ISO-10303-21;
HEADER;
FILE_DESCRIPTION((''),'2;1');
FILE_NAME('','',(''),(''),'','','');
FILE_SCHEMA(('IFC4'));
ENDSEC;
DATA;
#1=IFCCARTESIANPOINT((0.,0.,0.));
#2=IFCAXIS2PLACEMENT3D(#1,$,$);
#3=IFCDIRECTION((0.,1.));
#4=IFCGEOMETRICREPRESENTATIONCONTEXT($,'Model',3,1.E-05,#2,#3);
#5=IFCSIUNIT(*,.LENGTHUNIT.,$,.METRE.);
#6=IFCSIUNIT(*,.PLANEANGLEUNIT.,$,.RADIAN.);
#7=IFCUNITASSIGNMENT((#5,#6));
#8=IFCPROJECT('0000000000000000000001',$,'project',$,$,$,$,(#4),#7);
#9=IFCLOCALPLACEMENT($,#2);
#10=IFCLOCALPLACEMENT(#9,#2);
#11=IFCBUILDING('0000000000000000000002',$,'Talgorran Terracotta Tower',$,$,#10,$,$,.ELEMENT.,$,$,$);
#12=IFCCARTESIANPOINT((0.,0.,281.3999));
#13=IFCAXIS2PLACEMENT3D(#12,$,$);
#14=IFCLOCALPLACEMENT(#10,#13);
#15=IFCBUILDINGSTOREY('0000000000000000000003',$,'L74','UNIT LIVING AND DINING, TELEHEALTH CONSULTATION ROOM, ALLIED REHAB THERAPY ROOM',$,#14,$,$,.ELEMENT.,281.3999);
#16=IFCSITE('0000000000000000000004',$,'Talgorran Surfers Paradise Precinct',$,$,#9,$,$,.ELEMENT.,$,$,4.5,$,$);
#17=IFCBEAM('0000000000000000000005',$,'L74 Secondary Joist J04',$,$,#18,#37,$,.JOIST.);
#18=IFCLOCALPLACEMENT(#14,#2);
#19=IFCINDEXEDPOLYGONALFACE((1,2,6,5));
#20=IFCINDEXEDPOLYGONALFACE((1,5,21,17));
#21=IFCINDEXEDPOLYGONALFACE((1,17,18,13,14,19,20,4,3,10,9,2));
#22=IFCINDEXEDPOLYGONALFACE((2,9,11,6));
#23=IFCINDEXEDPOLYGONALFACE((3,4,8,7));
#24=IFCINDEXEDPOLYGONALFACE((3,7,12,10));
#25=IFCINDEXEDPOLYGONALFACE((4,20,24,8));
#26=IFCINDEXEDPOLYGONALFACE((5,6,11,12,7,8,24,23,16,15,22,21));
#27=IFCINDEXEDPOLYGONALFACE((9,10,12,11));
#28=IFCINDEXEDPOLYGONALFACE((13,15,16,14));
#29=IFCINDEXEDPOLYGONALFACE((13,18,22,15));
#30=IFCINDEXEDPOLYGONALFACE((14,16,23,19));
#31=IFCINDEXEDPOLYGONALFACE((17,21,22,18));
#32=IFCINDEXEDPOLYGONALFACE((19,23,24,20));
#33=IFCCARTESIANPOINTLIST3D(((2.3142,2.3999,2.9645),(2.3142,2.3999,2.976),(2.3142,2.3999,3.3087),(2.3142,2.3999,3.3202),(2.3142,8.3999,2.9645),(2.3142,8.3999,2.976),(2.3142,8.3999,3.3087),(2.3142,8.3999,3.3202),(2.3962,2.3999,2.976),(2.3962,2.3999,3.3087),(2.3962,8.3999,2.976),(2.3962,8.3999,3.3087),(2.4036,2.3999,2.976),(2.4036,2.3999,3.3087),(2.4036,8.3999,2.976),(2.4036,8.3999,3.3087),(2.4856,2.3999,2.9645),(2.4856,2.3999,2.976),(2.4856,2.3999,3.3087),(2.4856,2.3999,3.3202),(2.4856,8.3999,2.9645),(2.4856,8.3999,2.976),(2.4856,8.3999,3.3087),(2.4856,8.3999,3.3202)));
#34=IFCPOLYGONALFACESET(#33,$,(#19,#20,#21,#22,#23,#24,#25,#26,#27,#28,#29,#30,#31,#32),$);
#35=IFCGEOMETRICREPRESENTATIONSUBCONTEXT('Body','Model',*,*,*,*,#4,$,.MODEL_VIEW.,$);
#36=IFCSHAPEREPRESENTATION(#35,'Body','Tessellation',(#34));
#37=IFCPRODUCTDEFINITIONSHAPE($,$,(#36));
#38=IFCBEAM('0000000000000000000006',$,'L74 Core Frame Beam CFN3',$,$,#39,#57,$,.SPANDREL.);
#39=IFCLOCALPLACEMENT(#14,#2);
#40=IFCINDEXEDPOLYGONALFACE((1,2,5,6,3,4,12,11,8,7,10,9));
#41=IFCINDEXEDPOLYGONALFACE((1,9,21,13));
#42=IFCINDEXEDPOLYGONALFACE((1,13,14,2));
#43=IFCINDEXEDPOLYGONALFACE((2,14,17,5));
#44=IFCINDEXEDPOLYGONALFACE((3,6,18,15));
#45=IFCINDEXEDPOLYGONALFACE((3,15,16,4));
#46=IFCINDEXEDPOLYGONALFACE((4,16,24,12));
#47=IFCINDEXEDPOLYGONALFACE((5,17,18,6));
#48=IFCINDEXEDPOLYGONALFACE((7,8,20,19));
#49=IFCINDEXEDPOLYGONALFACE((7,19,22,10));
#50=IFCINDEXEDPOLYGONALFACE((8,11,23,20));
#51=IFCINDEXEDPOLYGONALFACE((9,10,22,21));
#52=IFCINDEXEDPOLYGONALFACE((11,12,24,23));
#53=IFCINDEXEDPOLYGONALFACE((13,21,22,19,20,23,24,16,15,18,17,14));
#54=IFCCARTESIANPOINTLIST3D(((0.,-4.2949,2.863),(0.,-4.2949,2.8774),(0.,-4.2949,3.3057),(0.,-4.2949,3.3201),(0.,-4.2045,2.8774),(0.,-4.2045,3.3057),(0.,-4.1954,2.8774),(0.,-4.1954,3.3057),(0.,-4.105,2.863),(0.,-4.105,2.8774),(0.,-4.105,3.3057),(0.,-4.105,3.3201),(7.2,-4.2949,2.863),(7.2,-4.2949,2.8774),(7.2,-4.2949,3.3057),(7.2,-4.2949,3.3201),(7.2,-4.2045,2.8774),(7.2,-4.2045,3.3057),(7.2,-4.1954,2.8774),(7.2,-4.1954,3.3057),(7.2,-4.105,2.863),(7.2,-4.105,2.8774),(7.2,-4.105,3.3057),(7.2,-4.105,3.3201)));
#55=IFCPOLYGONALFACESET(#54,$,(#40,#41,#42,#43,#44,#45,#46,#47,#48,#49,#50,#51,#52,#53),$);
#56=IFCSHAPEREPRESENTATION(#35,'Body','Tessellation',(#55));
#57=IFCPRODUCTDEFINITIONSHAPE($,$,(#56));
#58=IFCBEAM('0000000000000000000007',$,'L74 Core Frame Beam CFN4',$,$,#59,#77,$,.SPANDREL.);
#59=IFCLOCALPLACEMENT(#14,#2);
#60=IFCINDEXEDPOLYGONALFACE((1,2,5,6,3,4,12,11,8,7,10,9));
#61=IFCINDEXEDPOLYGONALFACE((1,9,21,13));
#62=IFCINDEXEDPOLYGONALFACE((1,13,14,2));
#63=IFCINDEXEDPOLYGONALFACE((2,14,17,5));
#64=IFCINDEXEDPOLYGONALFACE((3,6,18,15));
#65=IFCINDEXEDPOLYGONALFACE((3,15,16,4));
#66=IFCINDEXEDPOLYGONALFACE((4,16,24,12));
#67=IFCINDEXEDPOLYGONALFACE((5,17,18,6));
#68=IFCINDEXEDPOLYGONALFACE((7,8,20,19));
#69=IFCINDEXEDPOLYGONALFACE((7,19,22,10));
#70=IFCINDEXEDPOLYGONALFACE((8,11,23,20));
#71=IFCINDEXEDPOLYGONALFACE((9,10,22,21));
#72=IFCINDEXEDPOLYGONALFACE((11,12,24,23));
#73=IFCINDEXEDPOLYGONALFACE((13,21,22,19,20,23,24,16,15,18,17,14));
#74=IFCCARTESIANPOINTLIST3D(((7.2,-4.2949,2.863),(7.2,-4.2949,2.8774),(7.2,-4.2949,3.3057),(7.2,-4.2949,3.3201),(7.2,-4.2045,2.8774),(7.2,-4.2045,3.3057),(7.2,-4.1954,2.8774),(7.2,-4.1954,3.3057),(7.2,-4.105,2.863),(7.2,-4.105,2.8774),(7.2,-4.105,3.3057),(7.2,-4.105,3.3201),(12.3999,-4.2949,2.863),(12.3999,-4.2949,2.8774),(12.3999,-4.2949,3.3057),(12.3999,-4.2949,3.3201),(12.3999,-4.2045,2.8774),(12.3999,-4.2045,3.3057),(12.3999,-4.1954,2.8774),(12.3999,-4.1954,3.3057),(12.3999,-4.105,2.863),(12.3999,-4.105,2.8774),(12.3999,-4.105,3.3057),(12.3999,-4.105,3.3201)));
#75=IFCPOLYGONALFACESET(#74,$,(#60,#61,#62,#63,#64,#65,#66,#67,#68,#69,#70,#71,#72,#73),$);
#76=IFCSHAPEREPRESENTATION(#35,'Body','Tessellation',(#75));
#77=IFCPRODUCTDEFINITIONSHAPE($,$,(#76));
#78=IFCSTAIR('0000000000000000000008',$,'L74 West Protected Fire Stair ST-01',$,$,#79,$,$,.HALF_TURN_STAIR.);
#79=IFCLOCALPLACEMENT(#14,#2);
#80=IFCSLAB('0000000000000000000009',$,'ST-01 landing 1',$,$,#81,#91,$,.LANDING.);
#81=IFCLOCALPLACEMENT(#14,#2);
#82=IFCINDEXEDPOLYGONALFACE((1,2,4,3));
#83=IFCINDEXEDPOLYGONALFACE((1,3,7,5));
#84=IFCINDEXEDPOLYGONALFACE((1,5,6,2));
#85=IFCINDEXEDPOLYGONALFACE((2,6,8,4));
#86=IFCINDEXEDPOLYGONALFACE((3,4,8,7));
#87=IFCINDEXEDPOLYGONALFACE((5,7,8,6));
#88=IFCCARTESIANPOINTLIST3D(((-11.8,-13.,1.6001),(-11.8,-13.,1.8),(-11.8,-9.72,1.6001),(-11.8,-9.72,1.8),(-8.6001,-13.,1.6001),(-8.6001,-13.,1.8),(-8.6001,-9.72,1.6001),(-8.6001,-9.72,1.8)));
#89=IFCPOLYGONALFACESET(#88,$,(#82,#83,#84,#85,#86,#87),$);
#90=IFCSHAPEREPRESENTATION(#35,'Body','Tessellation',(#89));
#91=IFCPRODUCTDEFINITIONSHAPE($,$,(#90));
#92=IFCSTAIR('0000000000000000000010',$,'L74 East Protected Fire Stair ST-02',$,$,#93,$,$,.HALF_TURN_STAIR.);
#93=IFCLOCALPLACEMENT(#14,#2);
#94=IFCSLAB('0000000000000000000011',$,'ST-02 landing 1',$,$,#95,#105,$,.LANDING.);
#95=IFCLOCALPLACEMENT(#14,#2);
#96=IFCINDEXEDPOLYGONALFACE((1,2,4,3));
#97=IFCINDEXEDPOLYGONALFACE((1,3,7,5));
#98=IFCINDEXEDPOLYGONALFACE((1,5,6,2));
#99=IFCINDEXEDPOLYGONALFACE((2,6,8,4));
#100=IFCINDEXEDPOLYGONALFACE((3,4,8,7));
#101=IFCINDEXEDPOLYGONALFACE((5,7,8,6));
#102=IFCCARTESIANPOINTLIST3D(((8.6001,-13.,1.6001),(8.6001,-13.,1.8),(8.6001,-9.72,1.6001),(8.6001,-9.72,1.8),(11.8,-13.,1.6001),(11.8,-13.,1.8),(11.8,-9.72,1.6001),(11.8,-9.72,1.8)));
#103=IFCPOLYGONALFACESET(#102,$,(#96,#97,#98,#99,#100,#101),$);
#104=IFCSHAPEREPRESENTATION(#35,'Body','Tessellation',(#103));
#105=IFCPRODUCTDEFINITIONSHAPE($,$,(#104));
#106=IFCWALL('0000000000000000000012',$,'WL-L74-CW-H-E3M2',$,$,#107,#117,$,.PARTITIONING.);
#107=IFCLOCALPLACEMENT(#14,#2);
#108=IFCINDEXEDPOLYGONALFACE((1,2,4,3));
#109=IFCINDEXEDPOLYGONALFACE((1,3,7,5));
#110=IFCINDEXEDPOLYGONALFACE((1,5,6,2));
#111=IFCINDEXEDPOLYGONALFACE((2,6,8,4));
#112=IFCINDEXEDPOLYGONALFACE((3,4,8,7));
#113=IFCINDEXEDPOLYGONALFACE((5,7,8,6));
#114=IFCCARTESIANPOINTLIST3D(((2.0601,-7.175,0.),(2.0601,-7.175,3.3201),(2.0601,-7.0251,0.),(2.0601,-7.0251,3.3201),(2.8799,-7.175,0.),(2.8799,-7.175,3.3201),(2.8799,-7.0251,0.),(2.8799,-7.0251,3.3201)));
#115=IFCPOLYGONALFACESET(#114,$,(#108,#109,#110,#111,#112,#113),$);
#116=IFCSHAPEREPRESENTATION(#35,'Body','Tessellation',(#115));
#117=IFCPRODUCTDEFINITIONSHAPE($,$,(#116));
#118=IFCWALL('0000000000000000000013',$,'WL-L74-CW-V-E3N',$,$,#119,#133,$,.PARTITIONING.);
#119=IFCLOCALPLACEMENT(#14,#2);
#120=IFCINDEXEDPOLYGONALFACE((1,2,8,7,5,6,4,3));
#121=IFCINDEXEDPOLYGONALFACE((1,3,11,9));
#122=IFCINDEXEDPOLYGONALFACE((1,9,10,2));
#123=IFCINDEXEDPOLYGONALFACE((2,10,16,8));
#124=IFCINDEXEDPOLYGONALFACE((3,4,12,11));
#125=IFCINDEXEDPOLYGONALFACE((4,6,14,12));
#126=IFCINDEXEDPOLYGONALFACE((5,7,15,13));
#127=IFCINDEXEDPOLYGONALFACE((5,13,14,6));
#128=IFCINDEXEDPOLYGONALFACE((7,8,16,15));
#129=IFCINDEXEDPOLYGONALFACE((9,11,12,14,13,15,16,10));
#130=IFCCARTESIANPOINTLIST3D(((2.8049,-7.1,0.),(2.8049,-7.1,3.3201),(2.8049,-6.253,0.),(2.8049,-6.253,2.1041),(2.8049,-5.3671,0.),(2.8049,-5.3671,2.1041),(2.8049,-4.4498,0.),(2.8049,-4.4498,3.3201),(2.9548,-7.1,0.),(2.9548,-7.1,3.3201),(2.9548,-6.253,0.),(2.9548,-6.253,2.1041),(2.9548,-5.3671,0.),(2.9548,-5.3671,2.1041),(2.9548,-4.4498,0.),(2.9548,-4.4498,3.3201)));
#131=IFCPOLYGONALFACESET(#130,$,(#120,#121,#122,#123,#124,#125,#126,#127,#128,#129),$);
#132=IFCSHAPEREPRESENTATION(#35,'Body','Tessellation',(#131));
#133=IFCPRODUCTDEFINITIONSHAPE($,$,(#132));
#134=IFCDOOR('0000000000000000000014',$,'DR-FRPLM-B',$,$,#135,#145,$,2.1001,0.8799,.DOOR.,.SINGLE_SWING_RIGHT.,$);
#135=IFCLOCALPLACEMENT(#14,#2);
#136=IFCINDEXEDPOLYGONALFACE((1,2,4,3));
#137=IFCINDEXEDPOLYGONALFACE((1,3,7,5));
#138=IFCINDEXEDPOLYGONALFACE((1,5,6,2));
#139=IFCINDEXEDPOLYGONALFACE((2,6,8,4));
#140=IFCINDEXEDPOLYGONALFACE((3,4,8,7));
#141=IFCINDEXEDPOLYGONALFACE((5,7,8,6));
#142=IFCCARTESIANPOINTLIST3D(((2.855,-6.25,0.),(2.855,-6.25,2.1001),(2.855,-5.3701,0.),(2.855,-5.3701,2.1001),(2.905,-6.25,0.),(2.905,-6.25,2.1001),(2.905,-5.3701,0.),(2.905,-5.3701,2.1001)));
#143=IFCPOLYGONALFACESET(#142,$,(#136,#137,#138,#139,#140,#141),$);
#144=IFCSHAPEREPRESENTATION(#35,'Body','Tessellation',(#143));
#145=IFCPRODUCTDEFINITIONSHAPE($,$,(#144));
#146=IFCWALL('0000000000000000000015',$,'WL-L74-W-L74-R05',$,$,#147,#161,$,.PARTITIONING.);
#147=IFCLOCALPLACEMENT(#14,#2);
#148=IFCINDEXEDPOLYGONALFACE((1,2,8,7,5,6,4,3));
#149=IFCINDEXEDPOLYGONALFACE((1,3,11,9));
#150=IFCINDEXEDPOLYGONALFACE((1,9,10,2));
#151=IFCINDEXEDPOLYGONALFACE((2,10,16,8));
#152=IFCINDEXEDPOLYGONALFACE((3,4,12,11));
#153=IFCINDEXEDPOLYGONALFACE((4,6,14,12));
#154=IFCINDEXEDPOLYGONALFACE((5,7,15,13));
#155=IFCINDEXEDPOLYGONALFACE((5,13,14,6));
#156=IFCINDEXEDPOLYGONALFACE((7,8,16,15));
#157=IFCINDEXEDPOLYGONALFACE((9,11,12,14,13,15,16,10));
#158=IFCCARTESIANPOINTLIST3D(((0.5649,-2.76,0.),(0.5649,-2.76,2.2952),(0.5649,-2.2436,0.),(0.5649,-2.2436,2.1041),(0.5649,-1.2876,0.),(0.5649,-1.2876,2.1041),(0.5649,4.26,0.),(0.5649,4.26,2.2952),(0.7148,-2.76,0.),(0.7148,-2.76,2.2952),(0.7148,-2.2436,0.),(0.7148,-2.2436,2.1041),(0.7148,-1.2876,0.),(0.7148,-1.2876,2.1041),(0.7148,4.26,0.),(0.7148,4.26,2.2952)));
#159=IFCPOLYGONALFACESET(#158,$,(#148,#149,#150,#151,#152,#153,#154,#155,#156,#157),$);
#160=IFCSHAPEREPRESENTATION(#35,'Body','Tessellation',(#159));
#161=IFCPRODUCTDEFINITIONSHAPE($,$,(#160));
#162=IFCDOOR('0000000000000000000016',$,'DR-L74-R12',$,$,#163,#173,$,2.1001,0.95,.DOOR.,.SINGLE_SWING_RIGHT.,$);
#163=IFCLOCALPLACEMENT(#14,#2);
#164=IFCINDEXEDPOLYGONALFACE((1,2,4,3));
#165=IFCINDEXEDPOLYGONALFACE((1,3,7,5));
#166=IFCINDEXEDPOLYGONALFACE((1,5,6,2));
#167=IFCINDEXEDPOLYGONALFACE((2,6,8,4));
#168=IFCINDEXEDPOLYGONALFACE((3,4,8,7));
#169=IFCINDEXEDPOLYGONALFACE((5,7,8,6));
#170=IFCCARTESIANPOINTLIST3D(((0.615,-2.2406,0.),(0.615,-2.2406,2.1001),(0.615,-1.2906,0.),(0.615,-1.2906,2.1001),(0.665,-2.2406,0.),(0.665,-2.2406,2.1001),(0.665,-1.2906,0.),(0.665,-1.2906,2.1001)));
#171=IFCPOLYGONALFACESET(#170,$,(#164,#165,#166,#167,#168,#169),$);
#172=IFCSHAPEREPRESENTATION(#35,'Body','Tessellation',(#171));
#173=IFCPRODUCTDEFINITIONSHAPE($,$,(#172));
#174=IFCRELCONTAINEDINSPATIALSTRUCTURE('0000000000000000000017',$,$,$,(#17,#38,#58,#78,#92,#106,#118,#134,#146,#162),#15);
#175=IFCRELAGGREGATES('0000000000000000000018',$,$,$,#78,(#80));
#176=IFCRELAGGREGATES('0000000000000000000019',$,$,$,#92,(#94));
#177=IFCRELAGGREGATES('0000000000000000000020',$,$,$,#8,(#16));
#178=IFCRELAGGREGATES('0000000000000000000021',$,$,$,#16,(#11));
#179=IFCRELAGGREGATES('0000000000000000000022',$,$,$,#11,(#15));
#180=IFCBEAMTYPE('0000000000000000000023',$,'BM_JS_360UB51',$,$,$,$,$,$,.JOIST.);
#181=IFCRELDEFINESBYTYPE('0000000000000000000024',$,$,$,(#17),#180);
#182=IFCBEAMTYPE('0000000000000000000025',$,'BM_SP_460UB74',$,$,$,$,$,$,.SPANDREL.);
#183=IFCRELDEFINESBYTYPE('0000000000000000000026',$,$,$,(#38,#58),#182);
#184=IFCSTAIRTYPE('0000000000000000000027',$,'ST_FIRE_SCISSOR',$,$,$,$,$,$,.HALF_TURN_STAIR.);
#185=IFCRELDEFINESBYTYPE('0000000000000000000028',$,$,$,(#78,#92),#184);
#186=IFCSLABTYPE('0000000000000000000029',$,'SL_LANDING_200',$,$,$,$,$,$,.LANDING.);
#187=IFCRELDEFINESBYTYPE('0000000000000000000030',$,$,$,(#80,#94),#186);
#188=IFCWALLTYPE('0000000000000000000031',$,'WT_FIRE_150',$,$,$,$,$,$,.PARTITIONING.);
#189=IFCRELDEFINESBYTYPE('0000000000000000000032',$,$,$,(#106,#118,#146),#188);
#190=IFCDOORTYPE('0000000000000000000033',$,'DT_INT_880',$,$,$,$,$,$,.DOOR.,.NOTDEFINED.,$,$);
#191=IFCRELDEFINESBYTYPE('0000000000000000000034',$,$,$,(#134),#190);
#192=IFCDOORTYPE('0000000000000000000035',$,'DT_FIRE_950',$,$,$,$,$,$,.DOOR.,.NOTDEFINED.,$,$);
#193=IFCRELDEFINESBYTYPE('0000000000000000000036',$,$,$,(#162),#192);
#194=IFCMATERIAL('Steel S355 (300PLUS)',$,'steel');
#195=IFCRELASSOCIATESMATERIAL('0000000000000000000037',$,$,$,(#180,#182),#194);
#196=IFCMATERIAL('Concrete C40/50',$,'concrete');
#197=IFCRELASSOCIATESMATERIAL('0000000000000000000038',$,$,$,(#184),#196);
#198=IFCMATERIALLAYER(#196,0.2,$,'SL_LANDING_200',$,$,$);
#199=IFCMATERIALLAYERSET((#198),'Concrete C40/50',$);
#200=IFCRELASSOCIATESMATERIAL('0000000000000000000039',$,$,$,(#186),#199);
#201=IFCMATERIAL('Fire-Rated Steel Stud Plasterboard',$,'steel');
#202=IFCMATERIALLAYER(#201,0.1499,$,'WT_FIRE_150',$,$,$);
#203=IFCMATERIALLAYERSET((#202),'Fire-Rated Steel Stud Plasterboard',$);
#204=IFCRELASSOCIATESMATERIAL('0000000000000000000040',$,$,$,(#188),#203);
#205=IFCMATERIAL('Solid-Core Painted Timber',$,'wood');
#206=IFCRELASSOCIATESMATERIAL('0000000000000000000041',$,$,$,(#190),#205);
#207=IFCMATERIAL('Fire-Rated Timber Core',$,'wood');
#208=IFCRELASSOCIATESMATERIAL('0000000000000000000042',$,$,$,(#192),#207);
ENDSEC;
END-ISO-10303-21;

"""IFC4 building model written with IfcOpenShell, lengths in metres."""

from ifc_helpers import new_model, si_unit, direction, frame, frame_2d, origin, origin_2d, place, context, subcontext, project, spatial, polyline, rectangle, i_section, outline, extrude, material, layer, layer_set, material_profile, profile_set, type_object, element, fill, aggregate, save


model = new_model("IFC4")

# Units and contexts
model_context = context("Model", 3, precision=1e-05, world=origin(), true_north=direction((0.0, 1.0)))
body_context = subcontext(model_context, "Body", "Model", "MODEL_VIEW")
ifc_project = project(units=[si_unit("LENGTHUNIT", "METRE"), si_unit("PLANEANGLEUNIT", "RADIAN")], contexts=[model_context])

# Site, building, storey
site_placement = place(None, origin())
site = spatial("IfcSite", under=ifc_project, at=site_placement, Name="Talgorran Surfers Paradise Precinct", CompositionType="ELEMENT", RefElevation=4.5)
building_placement = place(site_placement, origin())
building = spatial("IfcBuilding", under=site, at=building_placement, Name="Talgorran Terracotta Tower", CompositionType="ELEMENT")
storey_placement = place(building_placement, frame((0.0, 0.0, 281.3999)))
storey = spatial("IfcBuildingStorey", under=building, at=storey_placement, Name="L74", Description="UNIT LIVING AND DINING, TELEHEALTH CONSULTATION ROOM, ALLIED REHAB THERAPY ROOM", CompositionType="ELEMENT", Elevation=281.3999)

# Shared definitions
ifc_material_1 = material(Name="Steel S355 (300PLUS)", Category="steel")

# Beams
ifc_material_profile_1 = material_profile(ifc_material_1, i_section(OverallWidth=0.1714, OverallDepth=0.3557, WebThickness=0.0073, FlangeThickness=0.0115, at=origin_2d()), Name="360UB50.7")
ifc_profile_set_1 = profile_set([ifc_material_profile_1], Name="Steel S355 (300PLUS)")
beam_type_1 = type_object("IfcBeamType", Name="BM_JS_360UB51", PredefinedType="JOIST", material=ifc_profile_set_1)
beam_1_placement = place(storey_placement, frame((2.3999, 2.3999, 3.1423), z_axis=(0.0, 1.0, 0.0), x_axis=(-1.0, 0.0, 0.0)))
element("IfcBeam", 1, at=beam_1_placement, inside=storey, type_object=beam_type_1, Name="L74 Secondary Joist J04", PredefinedType="JOIST", context=body_context, shape_type="SweptSolid", body=[
    extrude(i_section(OverallWidth=0.1714, OverallDepth=0.3557, WebThickness=0.0073, FlangeThickness=0.0115, at=origin_2d()), origin(), (0.0, 0.0, 1.0), 6.0),
])
ifc_material_profile_2 = material_profile(ifc_material_1, i_section(OverallWidth=0.1899, OverallDepth=0.457, WebThickness=0.009, FlangeThickness=0.0144, at=origin_2d()), Name="460UB74.6")
ifc_profile_set_2 = profile_set([ifc_material_profile_2], Name="Steel S355 (300PLUS)")
beam_type_2 = type_object("IfcBeamType", Name="BM_SP_460UB74", PredefinedType="SPANDREL", material=ifc_profile_set_2)
beam_2_placement = place(storey_placement, frame((0.0, -4.2, 3.0916), z_axis=(1.0, 0.0, 0.0), x_axis=(0.0, 1.0, 0.0)))
element("IfcBeam", 2, at=beam_2_placement, inside=storey, type_object=beam_type_2, Name="L74 Core Frame Beam CFN3", PredefinedType="SPANDREL", context=body_context, shape_type="SweptSolid", body=[
    extrude(i_section(OverallWidth=0.1899, OverallDepth=0.457, WebThickness=0.009, FlangeThickness=0.0144, at=origin_2d()), origin(), (0.0, 0.0, 1.0), 7.2),
])
beam_3_placement = place(storey_placement, frame((7.2, -4.2, 3.0916), z_axis=(1.0, 0.0, 0.0), x_axis=(0.0, 1.0, 0.0)))
element("IfcBeam", 3, at=beam_3_placement, inside=storey, type_object=beam_type_2, Name="L74 Core Frame Beam CFN4", PredefinedType="SPANDREL", context=body_context, shape_type="SweptSolid", body=[
    extrude(i_section(OverallWidth=0.1899, OverallDepth=0.457, WebThickness=0.009, FlangeThickness=0.0144, at=origin_2d()), origin(), (0.0, 0.0, 1.0), 5.2),
])

# Stairs, slabs
ifc_material_2 = material(Name="Concrete C40/50", Category="concrete")
stair_type = type_object("IfcStairType", Name="ST_FIRE_SCISSOR", PredefinedType="HALF_TURN_STAIR", material=ifc_material_2)
stair_1_placement = place(storey_placement, origin())
stair_1 = element("IfcStair", 4, at=stair_1_placement, inside=storey, type_object=stair_type, Name="L74 West Protected Fire Stair ST-01", PredefinedType="HALF_TURN_STAIR")
ifc_layer_1 = layer(ifc_material_2, 0.2, Name="SL_LANDING_200")
ifc_layer_set_1 = layer_set([ifc_layer_1], Name="Concrete C40/50")
slab_type = type_object("IfcSlabType", Name="SL_LANDING_200", PredefinedType="LANDING", material=ifc_layer_set_1)
slab_1_placement = place(storey_placement, frame((0.0, 0.0, 1.6001)))
slab_1 = element("IfcSlab", 5, at=slab_1_placement, type_object=slab_type, Name="ST-01 landing 1", PredefinedType="LANDING", context=body_context, shape_type="SweptSolid", body=[
    extrude(outline(polyline([(-11.8, -9.72), (-11.8, -13.0), (-8.6001, -13.0), (-8.6001, -9.72), (-11.8, -9.72)])), origin(), (0.0, 0.0, 1.0), 0.2),
])
aggregate(stair_1, [slab_1])
stair_2_placement = place(storey_placement, origin())
stair_2 = element("IfcStair", 6, at=stair_2_placement, inside=storey, type_object=stair_type, Name="L74 East Protected Fire Stair ST-02", PredefinedType="HALF_TURN_STAIR")
slab_2_placement = place(storey_placement, frame((0.0, 0.0, 1.6001)))
slab_2 = element("IfcSlab", 7, at=slab_2_placement, type_object=slab_type, Name="ST-02 landing 1", PredefinedType="LANDING", context=body_context, shape_type="SweptSolid", body=[
    extrude(outline(polyline([(8.6001, -9.72), (8.6001, -13.0), (11.8, -13.0), (11.8, -9.72), (8.6001, -9.72)])), origin(), (0.0, 0.0, 1.0), 0.2),
])
aggregate(stair_2, [slab_2])

# Wall
ifc_material_3 = material(Name="Fire-Rated Steel Stud Plasterboard", Category="steel")
ifc_layer_2 = layer(ifc_material_3, 0.1499, Name="WT_FIRE_150")
ifc_layer_set_2 = layer_set([ifc_layer_2], Name="Fire-Rated Steel Stud Plasterboard")
wall_type = type_object("IfcWallType", Name="WT_FIRE_150", PredefinedType="PARTITIONING", material=ifc_layer_set_2)
wall_1_placement = place(storey_placement, frame((2.0601, -7.1001, 0.0), z_axis=(0.0, 0.0, 1.0), x_axis=(1.0, 0.0, 0.0)))
element("IfcWall", 8, at=wall_1_placement, inside=storey, type_object=wall_type, Name="WL-L74-CW-H-E3M2", PredefinedType="PARTITIONING", context=body_context, shape_type="SweptSolid", body=[
    extrude(rectangle(XDim=0.8198, YDim=0.1499, at=frame_2d((0.4099, 0.0))), origin(), (0.0, 0.0, 1.0), 3.3201),
])

# Walls, openings, doors
wall_2_placement = place(storey_placement, frame((2.8799, -7.1001, 0.0), z_axis=(0.0, 0.0, 1.0), x_axis=(0.0, 1.0, 0.0)))
wall_2 = element("IfcWall", 9, at=wall_2_placement, inside=storey, type_object=wall_type, Name="WL-L74-CW-V-E3N", PredefinedType="PARTITIONING", context=body_context, shape_type="SweptSolid", body=[
    extrude(rectangle(XDim=2.6501, YDim=0.1499, at=frame_2d((1.3252, 0.0))), origin(), (0.0, 0.0, 1.0), 3.3201),
])
opening_1_placement = place(wall_2_placement, frame((0.8501, 0.0, 0.0)))
opening_1 = element("IfcOpeningElement", 10, at=opening_1_placement, cuts=wall_2, PredefinedType="OPENING", context=body_context, shape_type="SweptSolid", body=[
    extrude(rectangle(XDim=0.8859, YDim=2.1041, at=frame_2d((0.4399, 1.052))), frame((0.0, 0.085, 0.0), z_axis=(0.0, -1.0, 0.0), x_axis=(1.0, 0.0, 0.0)), (0.0, 0.0, 1.0), 0.1699),
])
ifc_material_4 = material(Name="Solid-Core Painted Timber", Category="wood")
door_type_1 = type_object("IfcDoorType", Name="DT_INT_880", OperationType="NOTDEFINED", PredefinedType="DOOR", material=ifc_material_4)
door_1_placement = place(opening_1_placement, origin())
door_1 = element("IfcDoor", 11, at=door_1_placement, inside=storey, type_object=door_type_1, Name="DR-FRPLM-B", OperationType="SINGLE_SWING_RIGHT", OverallHeight=2.1001, OverallWidth=0.8799, PredefinedType="DOOR", context=body_context, shape_type="SweptSolid", body=[
    extrude(rectangle(XDim=0.8799, YDim=2.1001, at=frame_2d((0.4399, 1.05))), frame((0.0, 0.0249, 0.0), z_axis=(0.0, -1.0, 0.0), x_axis=(1.0, 0.0, 0.0)), (0.0, 0.0, 1.0), 0.05),
])
fill(opening_1, door_1)
wall_3_placement = place(storey_placement, frame((0.6399, -2.76, 0.0), z_axis=(0.0, 0.0, 1.0), x_axis=(0.0, 1.0, 0.0)))
wall_3 = element("IfcWall", 12, at=wall_3_placement, inside=storey, type_object=wall_type, Name="WL-L74-W-L74-R05", PredefinedType="PARTITIONING", context=body_context, shape_type="SweptSolid", body=[
    extrude(rectangle(XDim=7.02, YDim=0.1499, at=frame_2d((3.51, 0.0))), origin(), (0.0, 0.0, 1.0), 2.2952),
])
opening_2_placement = place(wall_3_placement, frame((0.5193, 0.0, 0.0)))
opening_2 = element("IfcOpeningElement", 13, at=opening_2_placement, cuts=wall_3, PredefinedType="OPENING", context=body_context, shape_type="SweptSolid", body=[
    extrude(rectangle(XDim=0.956, YDim=2.1041, at=frame_2d((0.4751, 1.052))), frame((0.0, 0.085, 0.0), z_axis=(0.0, -1.0, 0.0), x_axis=(1.0, 0.0, 0.0)), (0.0, 0.0, 1.0), 0.1699),
])
ifc_material_5 = material(Name="Fire-Rated Timber Core", Category="wood")
door_type_2 = type_object("IfcDoorType", Name="DT_FIRE_950", OperationType="NOTDEFINED", PredefinedType="DOOR", material=ifc_material_5)
door_2_placement = place(opening_2_placement, origin())
door_2 = element("IfcDoor", 14, at=door_2_placement, inside=storey, type_object=door_type_2, Name="DR-L74-R12", OperationType="SINGLE_SWING_RIGHT", OverallHeight=2.1001, OverallWidth=0.95, PredefinedType="DOOR", context=body_context, shape_type="SweptSolid", body=[
    extrude(rectangle(XDim=0.95, YDim=2.1001, at=frame_2d((0.4751, 1.05))), frame((0.0, 0.0249, 0.0), z_axis=(0.0, -1.0, 0.0), x_axis=(1.0, 0.0, 0.0)), (0.0, 0.0, 1.0), 0.05),
])
fill(opening_2, door_2)

save(model, "model.ifc")
